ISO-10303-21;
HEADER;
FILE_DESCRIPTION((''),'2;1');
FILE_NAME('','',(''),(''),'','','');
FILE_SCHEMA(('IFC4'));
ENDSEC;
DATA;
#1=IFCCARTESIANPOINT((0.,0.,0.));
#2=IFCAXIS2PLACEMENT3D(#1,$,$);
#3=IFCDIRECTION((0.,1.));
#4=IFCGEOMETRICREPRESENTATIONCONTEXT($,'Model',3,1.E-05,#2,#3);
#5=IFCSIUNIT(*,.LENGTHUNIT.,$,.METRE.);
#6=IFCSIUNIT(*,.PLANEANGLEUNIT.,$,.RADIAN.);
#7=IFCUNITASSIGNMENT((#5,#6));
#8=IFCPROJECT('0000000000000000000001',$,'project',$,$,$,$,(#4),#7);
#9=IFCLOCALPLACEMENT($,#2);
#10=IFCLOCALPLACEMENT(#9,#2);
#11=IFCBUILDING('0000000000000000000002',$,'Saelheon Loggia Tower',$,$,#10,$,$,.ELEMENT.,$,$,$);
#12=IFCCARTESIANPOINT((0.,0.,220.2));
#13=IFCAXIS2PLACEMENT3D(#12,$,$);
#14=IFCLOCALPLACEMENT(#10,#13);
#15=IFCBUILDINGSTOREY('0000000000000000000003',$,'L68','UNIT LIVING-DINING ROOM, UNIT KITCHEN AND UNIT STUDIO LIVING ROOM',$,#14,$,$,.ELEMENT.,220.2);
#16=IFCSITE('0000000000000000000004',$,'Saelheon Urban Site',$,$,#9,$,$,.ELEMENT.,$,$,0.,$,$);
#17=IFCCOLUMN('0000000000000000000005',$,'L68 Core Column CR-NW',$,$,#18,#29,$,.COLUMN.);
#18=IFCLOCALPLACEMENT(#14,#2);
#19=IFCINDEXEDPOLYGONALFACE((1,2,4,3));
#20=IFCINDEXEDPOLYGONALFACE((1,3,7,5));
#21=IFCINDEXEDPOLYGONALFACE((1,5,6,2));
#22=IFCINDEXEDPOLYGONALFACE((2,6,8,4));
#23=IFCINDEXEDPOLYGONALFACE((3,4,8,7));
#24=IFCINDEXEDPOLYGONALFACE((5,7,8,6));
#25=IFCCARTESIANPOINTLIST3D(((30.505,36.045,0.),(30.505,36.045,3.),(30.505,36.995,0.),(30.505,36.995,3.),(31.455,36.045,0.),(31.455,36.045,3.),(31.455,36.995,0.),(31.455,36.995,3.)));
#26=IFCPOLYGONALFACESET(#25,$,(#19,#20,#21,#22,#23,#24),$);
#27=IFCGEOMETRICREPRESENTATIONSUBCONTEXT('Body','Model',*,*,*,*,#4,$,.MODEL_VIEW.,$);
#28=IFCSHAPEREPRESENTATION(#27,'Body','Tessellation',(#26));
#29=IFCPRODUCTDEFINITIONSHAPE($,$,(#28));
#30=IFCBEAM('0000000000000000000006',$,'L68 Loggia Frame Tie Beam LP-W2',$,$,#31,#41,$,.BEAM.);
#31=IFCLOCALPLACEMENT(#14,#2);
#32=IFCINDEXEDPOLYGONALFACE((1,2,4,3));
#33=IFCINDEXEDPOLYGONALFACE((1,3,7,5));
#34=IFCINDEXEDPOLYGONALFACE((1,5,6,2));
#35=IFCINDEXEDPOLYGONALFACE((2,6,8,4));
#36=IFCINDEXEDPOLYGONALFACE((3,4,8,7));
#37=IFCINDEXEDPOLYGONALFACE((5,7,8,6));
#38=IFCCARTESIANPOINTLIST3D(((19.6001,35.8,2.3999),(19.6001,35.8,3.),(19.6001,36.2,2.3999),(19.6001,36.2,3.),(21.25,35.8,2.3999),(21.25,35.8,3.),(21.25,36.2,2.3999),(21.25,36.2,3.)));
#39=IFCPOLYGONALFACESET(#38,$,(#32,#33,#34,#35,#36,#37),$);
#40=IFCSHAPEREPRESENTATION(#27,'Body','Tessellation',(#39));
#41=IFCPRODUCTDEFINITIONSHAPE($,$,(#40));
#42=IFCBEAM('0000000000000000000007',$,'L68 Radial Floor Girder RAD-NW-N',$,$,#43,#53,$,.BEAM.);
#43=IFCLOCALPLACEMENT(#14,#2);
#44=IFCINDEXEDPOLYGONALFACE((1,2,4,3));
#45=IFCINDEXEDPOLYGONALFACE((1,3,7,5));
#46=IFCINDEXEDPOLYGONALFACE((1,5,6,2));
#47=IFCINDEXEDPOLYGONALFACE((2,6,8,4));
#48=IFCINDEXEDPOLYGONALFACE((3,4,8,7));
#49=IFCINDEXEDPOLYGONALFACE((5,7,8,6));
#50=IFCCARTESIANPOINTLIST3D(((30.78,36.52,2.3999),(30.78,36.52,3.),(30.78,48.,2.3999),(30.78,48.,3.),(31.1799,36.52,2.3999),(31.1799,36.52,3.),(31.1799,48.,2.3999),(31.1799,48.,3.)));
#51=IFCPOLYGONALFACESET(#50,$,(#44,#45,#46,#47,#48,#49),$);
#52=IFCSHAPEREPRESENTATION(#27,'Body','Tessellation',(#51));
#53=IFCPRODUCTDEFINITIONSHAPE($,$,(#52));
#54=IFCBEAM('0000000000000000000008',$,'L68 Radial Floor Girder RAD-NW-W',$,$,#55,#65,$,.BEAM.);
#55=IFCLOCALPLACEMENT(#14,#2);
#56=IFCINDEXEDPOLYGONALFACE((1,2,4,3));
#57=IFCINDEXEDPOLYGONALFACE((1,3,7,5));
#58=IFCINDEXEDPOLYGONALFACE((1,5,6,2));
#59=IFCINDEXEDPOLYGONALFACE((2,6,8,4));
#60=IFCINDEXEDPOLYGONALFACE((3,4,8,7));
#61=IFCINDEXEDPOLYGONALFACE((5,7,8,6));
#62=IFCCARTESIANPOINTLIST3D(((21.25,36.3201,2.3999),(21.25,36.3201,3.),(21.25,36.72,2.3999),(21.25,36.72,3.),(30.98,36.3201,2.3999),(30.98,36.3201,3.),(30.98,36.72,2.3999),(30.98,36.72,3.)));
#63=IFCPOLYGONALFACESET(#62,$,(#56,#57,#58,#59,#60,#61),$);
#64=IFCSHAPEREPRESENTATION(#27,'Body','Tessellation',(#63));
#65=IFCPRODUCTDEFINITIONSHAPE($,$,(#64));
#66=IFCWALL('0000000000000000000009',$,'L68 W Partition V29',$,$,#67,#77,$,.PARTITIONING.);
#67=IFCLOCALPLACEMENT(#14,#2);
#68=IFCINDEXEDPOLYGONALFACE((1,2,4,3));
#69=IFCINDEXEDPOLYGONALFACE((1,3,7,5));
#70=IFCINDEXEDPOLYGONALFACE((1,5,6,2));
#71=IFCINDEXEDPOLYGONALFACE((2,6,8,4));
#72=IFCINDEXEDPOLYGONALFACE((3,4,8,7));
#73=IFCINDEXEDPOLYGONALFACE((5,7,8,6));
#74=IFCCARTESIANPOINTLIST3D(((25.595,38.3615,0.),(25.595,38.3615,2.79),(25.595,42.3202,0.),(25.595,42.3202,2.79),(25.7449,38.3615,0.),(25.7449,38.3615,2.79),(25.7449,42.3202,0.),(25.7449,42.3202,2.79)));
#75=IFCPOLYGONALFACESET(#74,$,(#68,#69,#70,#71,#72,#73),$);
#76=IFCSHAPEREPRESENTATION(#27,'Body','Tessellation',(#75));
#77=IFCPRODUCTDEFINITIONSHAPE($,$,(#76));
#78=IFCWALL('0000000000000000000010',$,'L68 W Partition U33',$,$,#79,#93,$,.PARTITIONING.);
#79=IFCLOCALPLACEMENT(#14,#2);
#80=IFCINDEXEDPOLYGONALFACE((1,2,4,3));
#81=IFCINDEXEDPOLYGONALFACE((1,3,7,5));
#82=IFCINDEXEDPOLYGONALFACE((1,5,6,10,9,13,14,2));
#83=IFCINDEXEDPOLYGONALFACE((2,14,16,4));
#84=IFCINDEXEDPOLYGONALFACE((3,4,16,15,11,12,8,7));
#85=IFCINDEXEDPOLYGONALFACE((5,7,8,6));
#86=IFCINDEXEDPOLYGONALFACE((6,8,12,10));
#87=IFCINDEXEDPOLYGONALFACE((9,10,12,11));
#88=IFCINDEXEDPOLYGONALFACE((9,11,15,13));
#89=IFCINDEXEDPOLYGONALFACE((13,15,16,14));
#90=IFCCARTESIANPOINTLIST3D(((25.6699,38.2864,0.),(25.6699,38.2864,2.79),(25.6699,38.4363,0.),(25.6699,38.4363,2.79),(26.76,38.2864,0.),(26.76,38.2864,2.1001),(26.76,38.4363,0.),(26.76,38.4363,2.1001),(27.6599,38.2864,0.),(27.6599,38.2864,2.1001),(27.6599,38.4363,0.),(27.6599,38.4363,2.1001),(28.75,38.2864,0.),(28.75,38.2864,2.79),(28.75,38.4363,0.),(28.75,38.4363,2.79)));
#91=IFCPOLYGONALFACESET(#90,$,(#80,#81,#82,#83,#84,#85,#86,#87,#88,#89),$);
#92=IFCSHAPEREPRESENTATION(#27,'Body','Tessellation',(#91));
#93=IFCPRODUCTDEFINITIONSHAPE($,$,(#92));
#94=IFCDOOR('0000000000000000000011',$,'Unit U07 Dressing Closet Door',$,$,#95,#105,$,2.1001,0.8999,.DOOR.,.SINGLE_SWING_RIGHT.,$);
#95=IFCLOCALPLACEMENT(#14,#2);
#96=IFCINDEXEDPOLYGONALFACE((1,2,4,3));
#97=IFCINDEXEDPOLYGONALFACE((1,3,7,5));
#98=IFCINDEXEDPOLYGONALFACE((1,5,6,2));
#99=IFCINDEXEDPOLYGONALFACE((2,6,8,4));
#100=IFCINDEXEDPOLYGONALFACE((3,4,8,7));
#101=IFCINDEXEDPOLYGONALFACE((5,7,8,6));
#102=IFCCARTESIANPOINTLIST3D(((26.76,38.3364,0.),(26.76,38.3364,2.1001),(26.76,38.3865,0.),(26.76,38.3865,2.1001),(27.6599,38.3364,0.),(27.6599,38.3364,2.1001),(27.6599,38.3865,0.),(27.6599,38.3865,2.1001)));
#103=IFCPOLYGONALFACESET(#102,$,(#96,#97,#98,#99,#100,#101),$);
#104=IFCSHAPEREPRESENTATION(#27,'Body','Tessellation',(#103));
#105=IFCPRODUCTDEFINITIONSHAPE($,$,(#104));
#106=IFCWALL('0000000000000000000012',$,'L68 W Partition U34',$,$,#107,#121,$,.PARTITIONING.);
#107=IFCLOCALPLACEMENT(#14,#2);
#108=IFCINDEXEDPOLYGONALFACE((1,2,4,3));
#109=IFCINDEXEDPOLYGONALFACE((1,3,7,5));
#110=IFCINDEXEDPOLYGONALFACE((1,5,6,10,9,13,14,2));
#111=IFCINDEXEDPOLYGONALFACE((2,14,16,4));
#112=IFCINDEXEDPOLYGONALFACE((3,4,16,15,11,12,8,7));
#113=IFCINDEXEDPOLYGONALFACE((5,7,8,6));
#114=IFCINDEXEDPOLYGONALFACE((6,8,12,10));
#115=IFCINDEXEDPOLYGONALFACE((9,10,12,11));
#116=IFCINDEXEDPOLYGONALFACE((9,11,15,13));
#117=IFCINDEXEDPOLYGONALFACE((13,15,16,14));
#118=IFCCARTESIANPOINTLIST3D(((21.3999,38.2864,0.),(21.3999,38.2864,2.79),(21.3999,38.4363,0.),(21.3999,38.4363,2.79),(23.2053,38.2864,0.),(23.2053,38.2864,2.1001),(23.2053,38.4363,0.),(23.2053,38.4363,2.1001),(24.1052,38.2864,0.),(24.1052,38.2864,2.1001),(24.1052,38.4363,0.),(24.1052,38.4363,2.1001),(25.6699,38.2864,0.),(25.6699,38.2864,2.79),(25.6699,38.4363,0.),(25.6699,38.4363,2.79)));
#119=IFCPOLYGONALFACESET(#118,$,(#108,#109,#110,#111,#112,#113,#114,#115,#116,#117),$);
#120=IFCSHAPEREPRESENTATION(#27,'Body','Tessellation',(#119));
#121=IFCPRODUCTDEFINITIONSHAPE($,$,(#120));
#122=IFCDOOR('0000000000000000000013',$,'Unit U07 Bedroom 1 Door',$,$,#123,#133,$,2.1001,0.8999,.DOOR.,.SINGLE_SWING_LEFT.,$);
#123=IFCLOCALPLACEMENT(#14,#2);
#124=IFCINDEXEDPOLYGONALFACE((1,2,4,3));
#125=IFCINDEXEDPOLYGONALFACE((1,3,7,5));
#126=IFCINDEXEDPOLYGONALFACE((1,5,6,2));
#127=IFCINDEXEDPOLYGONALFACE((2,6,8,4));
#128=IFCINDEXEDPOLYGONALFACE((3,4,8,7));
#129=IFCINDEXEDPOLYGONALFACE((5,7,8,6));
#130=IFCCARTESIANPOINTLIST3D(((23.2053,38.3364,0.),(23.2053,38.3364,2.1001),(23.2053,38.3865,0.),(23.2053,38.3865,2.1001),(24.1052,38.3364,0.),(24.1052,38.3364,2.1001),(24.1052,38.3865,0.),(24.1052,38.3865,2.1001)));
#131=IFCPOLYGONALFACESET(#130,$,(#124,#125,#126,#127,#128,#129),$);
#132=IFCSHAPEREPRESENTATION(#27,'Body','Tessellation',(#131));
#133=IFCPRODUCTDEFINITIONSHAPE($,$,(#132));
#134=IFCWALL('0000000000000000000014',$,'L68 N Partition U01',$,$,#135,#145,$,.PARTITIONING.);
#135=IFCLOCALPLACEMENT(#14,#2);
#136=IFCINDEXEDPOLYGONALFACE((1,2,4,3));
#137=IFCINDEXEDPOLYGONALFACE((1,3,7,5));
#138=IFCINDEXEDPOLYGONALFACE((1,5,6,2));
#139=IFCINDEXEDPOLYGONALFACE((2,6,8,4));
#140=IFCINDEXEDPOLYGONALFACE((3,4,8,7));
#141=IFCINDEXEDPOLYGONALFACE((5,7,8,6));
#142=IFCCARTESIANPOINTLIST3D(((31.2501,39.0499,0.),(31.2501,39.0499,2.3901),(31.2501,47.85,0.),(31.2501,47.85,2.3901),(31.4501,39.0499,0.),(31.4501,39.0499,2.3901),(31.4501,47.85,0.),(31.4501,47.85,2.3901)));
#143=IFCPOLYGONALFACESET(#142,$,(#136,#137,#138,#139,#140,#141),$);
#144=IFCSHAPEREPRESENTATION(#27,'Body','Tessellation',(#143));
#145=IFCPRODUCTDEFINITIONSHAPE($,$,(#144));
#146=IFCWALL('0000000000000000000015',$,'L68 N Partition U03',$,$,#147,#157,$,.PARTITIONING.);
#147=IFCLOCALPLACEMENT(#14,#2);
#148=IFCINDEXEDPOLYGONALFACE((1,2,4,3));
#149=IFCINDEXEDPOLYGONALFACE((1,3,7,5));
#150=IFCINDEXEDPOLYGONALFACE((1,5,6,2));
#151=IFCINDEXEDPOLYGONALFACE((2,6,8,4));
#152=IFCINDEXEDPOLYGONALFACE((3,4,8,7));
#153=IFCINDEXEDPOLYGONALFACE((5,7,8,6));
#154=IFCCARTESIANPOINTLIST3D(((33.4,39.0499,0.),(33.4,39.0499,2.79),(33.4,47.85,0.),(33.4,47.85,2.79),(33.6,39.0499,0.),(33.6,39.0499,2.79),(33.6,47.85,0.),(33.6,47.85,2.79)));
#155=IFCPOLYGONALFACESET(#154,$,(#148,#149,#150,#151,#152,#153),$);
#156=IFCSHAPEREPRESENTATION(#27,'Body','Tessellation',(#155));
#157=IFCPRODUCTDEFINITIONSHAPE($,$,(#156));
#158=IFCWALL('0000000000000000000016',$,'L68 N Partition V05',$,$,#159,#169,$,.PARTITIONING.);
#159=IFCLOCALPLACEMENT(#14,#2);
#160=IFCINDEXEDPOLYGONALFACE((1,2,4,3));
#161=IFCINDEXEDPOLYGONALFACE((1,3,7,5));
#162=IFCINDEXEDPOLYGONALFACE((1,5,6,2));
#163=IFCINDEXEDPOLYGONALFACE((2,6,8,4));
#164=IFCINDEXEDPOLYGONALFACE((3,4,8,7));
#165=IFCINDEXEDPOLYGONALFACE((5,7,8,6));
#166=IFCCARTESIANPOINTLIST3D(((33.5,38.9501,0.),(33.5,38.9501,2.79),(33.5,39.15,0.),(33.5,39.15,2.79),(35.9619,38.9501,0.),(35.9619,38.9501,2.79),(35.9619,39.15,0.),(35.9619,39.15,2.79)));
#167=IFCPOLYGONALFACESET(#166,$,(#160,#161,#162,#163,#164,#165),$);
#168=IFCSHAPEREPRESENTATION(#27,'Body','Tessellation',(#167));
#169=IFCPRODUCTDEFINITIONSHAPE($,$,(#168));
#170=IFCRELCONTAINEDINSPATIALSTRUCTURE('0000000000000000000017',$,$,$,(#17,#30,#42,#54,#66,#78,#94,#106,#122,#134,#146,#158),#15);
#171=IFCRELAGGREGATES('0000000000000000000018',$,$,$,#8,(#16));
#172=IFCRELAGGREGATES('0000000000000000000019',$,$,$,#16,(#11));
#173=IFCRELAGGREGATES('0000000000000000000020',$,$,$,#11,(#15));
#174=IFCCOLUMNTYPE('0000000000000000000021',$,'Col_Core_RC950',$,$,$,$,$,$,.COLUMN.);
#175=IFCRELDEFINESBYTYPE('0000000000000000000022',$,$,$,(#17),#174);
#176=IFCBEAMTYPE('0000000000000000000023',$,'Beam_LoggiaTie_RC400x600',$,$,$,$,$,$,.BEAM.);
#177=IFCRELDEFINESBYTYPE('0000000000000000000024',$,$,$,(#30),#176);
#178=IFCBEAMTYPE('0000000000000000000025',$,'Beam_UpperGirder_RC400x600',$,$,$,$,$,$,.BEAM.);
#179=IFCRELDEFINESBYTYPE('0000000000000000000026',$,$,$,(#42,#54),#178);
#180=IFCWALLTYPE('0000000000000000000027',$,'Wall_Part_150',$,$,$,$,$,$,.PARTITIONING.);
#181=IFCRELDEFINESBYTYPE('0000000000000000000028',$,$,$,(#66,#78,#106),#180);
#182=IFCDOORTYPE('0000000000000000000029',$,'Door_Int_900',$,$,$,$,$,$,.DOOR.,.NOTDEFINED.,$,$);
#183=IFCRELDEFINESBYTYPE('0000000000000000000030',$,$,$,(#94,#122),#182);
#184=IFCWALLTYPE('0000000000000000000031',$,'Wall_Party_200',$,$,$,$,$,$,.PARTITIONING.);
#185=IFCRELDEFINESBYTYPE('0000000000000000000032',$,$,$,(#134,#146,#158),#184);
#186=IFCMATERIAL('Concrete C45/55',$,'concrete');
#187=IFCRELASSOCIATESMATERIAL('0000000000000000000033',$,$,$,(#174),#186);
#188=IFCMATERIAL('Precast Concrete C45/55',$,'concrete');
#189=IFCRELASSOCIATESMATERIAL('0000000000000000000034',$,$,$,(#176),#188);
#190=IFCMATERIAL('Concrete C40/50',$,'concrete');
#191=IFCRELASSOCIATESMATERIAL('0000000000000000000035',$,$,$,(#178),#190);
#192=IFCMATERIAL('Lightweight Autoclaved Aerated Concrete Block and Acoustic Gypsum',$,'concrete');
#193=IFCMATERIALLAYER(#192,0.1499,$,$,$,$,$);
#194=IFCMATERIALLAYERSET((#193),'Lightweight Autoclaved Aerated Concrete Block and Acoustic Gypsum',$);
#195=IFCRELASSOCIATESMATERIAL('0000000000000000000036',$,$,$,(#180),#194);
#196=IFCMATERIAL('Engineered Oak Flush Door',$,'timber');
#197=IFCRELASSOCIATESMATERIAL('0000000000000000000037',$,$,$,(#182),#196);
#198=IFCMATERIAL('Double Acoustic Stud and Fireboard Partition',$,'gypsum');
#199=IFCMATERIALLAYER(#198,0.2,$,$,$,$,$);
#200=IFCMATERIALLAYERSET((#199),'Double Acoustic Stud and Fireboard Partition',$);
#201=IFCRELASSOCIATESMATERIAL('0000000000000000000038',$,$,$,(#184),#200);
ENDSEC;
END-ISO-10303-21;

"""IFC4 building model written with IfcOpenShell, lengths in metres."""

from ifc_helpers import new_model, si_unit, direction, frame, frame_2d, origin, origin_2d, place, context, subcontext, project, spatial, rectangle, extrude, source, transform, mapped, material, layer, layer_set, material_profile, profile_set, type_object, element, fill, save


model = new_model("IFC4")

# Units and contexts
model_context = context("Model", 3, precision=1e-05, world=origin(), true_north=direction((0.0, 1.0)))
body_context = subcontext(model_context, "Body", "Model", "MODEL_VIEW")
ifc_project = project(units=[si_unit("LENGTHUNIT", "METRE"), si_unit("PLANEANGLEUNIT", "RADIAN")], contexts=[model_context])

# Site, building, storey
site_placement = place(None, origin())
site = spatial("IfcSite", under=ifc_project, at=site_placement, Name="Saelheon Urban Site", CompositionType="ELEMENT", RefElevation=0.0)
building_placement = place(site_placement, origin())
building = spatial("IfcBuilding", under=site, at=building_placement, Name="Saelheon Loggia Tower", CompositionType="ELEMENT")
storey_placement = place(building_placement, frame((0.0, 0.0, 220.2)))
storey = spatial("IfcBuildingStorey", under=building, at=storey_placement, Name="L68", Description="UNIT LIVING-DINING ROOM, UNIT KITCHEN AND UNIT STUDIO LIVING ROOM", CompositionType="ELEMENT", Elevation=220.2)

# Column
ifc_material_1 = material(Name="Concrete C45/55", Category="concrete")
ifc_material_profile_1 = material_profile(ifc_material_1, rectangle(XDim=0.95, YDim=0.95, at=origin_2d()), Name="RC-950x950")
ifc_profile_set_1 = profile_set([ifc_material_profile_1], Name="Concrete C45/55")
column_type = type_object("IfcColumnType", Name="Col_Core_RC950", PredefinedType="COLUMN", material=ifc_profile_set_1)
shared_shape_1 = source(origin(), body_context, "Body", "SweptSolid", [
    extrude(rectangle(XDim=0.95, YDim=0.95, at=origin_2d()), origin(), (0.0, 0.0, 1.0), 3.0),
])
column_placement = place(storey_placement, frame((30.98, 36.52, 0.0), z_axis=(0.0, 0.0, 1.0), x_axis=(1.0, 0.0, 0.0)))
element("IfcColumn", 1, at=column_placement, inside=storey, type_object=column_type, Name="L68 Core Column CR-NW", PredefinedType="COLUMN", context=body_context, shape_type="MappedRepresentation", body=[
    mapped(shared_shape_1, transform((0.0, 0.0, 0.0), scale=1.0)),
])

# Beams
ifc_material_2 = material(Name="Precast Concrete C45/55", Category="concrete")
ifc_material_profile_2 = material_profile(ifc_material_2, rectangle(XDim=0.3999, YDim=0.6001, at=origin_2d()), Name="RC-400x600")
ifc_profile_set_2 = profile_set([ifc_material_profile_2], Name="Precast Concrete C45/55")
beam_type_1 = type_object("IfcBeamType", Name="Beam_LoggiaTie_RC400x600", PredefinedType="BEAM", material=ifc_profile_set_2)
shared_shape_2 = source(origin(), body_context, "Body", "SweptSolid", [
    extrude(rectangle(XDim=0.3999, YDim=0.6001, at=origin_2d()), origin(), (0.0, 0.0, 1.0), 1.6499),
])
beam_1_placement = place(storey_placement, frame((21.25, 36.0, 2.7), z_axis=(-1.0, 0.0, 0.0), x_axis=(0.0, -1.0, 0.0)))
element("IfcBeam", 2, at=beam_1_placement, inside=storey, type_object=beam_type_1, Name="L68 Loggia Frame Tie Beam LP-W2", PredefinedType="BEAM", context=body_context, shape_type="MappedRepresentation", body=[
    mapped(shared_shape_2, transform((0.0, 0.0, 0.0), scale=1.0)),
])
ifc_material_3 = material(Name="Concrete C40/50", Category="concrete")
ifc_material_profile_3 = material_profile(ifc_material_3, rectangle(XDim=0.3999, YDim=0.6001, at=origin_2d()), Name="RC-400x600")
ifc_profile_set_3 = profile_set([ifc_material_profile_3], Name="Concrete C40/50")
beam_type_2 = type_object("IfcBeamType", Name="Beam_UpperGirder_RC400x600", PredefinedType="BEAM", material=ifc_profile_set_3)
shared_shape_3 = source(origin(), body_context, "Body", "SweptSolid", [
    extrude(rectangle(XDim=0.3999, YDim=0.6001, at=origin_2d()), origin(), (0.0, 0.0, 1.0), 11.48),
])
beam_2_placement = place(storey_placement, frame((30.98, 36.52, 2.7), z_axis=(0.0, 1.0, 0.0), x_axis=(-1.0, 0.0, 0.0)))
element("IfcBeam", 3, at=beam_2_placement, inside=storey, type_object=beam_type_2, Name="L68 Radial Floor Girder RAD-NW-N", PredefinedType="BEAM", context=body_context, shape_type="MappedRepresentation", body=[
    mapped(shared_shape_3, transform((0.0, 0.0, 0.0), scale=1.0)),
])
shared_shape_4 = source(origin(), body_context, "Body", "SweptSolid", [
    extrude(rectangle(XDim=0.3999, YDim=0.6001, at=origin_2d()), origin(), (0.0, 0.0, 1.0), 9.73),
])
beam_3_placement = place(storey_placement, frame((30.98, 36.52, 2.7), z_axis=(-1.0, 0.0, 0.0), x_axis=(0.0, -1.0, 0.0)))
element("IfcBeam", 4, at=beam_3_placement, inside=storey, type_object=beam_type_2, Name="L68 Radial Floor Girder RAD-NW-W", PredefinedType="BEAM", context=body_context, shape_type="MappedRepresentation", body=[
    mapped(shared_shape_4, transform((0.0, 0.0, 0.0), scale=1.0)),
])

# Wall
ifc_material_4 = material(Name="Lightweight Autoclaved Aerated Concrete Block and Acoustic Gypsum", Category="concrete")
ifc_layer_1 = layer(ifc_material_4, 0.1499)
ifc_layer_set_1 = layer_set([ifc_layer_1], Name="Lightweight Autoclaved Aerated Concrete Block and Acoustic Gypsum")
wall_type_1 = type_object("IfcWallType", Name="Wall_Part_150", PredefinedType="PARTITIONING", material=ifc_layer_set_1)
wall_1_placement = place(storey_placement, frame((25.6699, 38.3613, 0.0), z_axis=(0.0, 0.0, 1.0), x_axis=(0.0, 1.0, 0.0)))
element("IfcWall", 5, at=wall_1_placement, inside=storey, type_object=wall_type_1, Name="L68 W Partition V29", PredefinedType="PARTITIONING", context=body_context, shape_type="SweptSolid", body=[
    extrude(rectangle(XDim=3.9587, YDim=0.1499, at=frame_2d((1.9795, 0.0))), origin(), (0.0, 0.0, 1.0), 2.79),
])

# Walls, openings, doors
wall_2_placement = place(storey_placement, frame((28.75, 38.3613, 0.0), z_axis=(0.0, 0.0, 1.0), x_axis=(-1.0, 0.0, 0.0)))
wall_2 = element("IfcWall", 6, at=wall_2_placement, inside=storey, type_object=wall_type_1, Name="L68 W Partition U33", PredefinedType="PARTITIONING", context=body_context, shape_type="SweptSolid", body=[
    extrude(rectangle(XDim=3.0801, YDim=0.1499, at=frame_2d((1.54, 0.0))), origin(), (0.0, 0.0, 1.0), 2.79),
])
opening_1_placement = place(wall_2_placement, frame((1.0901, 0.0, 0.0)))
opening_1 = element("IfcOpeningElement", 7, at=opening_1_placement, cuts=wall_2, PredefinedType="OPENING", context=body_context, shape_type="SweptSolid", body=[
    extrude(rectangle(XDim=0.8999, YDim=2.1001, at=frame_2d((0.45, 1.05))), frame((0.0, 0.0869, 0.0), z_axis=(0.0, -1.0, 0.0), x_axis=(1.0, 0.0, 0.0)), (0.0, 0.0, 1.0), 0.1738),
])
ifc_material_5 = material(Name="Engineered Oak Flush Door", Category="timber")
door_type_1 = type_object("IfcDoorType", Name="Door_Int_900", OperationType="NOTDEFINED", PredefinedType="DOOR", material=ifc_material_5)
shared_shape_5 = source(origin(), body_context, "Body", "SweptSolid", [
    extrude(rectangle(XDim=0.8999, YDim=2.1001, at=frame_2d((0.45, 1.05))), frame((0.0, 0.0249, 0.0), z_axis=(0.0, -1.0, 0.0), x_axis=(1.0, 0.0, 0.0)), (0.0, 0.0, 1.0), 0.05),
])
door_1_placement = place(opening_1_placement, origin())
door_1 = element("IfcDoor", 8, at=door_1_placement, inside=storey, type_object=door_type_1, Name="Unit U07 Dressing Closet Door", OperationType="SINGLE_SWING_RIGHT", OverallHeight=2.1001, OverallWidth=0.8999, PredefinedType="DOOR", context=body_context, shape_type="MappedRepresentation", body=[
    mapped(shared_shape_5, transform((0.0, 0.0, 0.0), scale=1.0)),
])
fill(opening_1, door_1)
wall_3_placement = place(storey_placement, frame((25.6699, 38.3613, 0.0), z_axis=(0.0, 0.0, 1.0), x_axis=(-1.0, 0.0, 0.0)))
wall_3 = element("IfcWall", 9, at=wall_3_placement, inside=storey, type_object=wall_type_1, Name="L68 W Partition U34", PredefinedType="PARTITIONING", context=body_context, shape_type="SweptSolid", body=[
    extrude(rectangle(XDim=4.27, YDim=0.1499, at=frame_2d((2.135, 0.0))), origin(), (0.0, 0.0, 1.0), 2.79),
])
opening_2_placement = place(wall_3_placement, frame((1.5647, 0.0, 0.0)))
opening_2 = element("IfcOpeningElement", 10, at=opening_2_placement, cuts=wall_3, PredefinedType="OPENING", context=body_context, shape_type="SweptSolid", body=[
    extrude(rectangle(XDim=0.8999, YDim=2.1001, at=frame_2d((0.45, 1.05))), frame((0.0, 0.0869, 0.0), z_axis=(0.0, -1.0, 0.0), x_axis=(1.0, 0.0, 0.0)), (0.0, 0.0, 1.0), 0.1738),
])
door_2_placement = place(opening_2_placement, origin())
door_2 = element("IfcDoor", 11, at=door_2_placement, inside=storey, type_object=door_type_1, Name="Unit U07 Bedroom 1 Door", OperationType="SINGLE_SWING_LEFT", OverallHeight=2.1001, OverallWidth=0.8999, PredefinedType="DOOR", context=body_context, shape_type="MappedRepresentation", body=[
    mapped(shared_shape_5, transform((0.0, 0.0, 0.0), scale=1.0)),
])
fill(opening_2, door_2)

# Walls
ifc_material_6 = material(Name="Double Acoustic Stud and Fireboard Partition", Category="gypsum")
ifc_layer_2 = layer(ifc_material_6, 0.2)
ifc_layer_set_2 = layer_set([ifc_layer_2], Name="Double Acoustic Stud and Fireboard Partition")
wall_type_2 = type_object("IfcWallType", Name="Wall_Party_200", PredefinedType="PARTITIONING", material=ifc_layer_set_2)
wall_4_placement = place(storey_placement, frame((31.3501, 39.05, 0.0), z_axis=(0.0, 0.0, 1.0), x_axis=(0.0, 1.0, 0.0)))
element("IfcWall", 12, at=wall_4_placement, inside=storey, type_object=wall_type_2, Name="L68 N Partition U01", PredefinedType="PARTITIONING", context=body_context, shape_type="SweptSolid", body=[
    extrude(rectangle(XDim=8.8, YDim=0.2, at=frame_2d((4.3999, 0.0))), origin(), (0.0, 0.0, 1.0), 2.3901),
])
wall_5_placement = place(storey_placement, frame((33.5, 39.05, 0.0), z_axis=(0.0, 0.0, 1.0), x_axis=(0.0, 1.0, 0.0)))
element("IfcWall", 13, at=wall_5_placement, inside=storey, type_object=wall_type_2, Name="L68 N Partition U03", PredefinedType="PARTITIONING", context=body_context, shape_type="SweptSolid", body=[
    extrude(rectangle(XDim=8.8, YDim=0.2, at=frame_2d((4.3999, 0.0))), origin(), (0.0, 0.0, 1.0), 2.79),
])
wall_6_placement = place(storey_placement, frame((33.5, 39.05, 0.0), z_axis=(0.0, 0.0, 1.0), x_axis=(1.0, 0.0, 0.0)))
element("IfcWall", 14, at=wall_6_placement, inside=storey, type_object=wall_type_2, Name="L68 N Partition V05", PredefinedType="PARTITIONING", context=body_context, shape_type="SweptSolid", body=[
    extrude(rectangle(XDim=2.4619, YDim=0.2, at=frame_2d((1.231, 0.0))), origin(), (0.0, 0.0, 1.0), 2.79),
])

save(model, "model.ifc")
